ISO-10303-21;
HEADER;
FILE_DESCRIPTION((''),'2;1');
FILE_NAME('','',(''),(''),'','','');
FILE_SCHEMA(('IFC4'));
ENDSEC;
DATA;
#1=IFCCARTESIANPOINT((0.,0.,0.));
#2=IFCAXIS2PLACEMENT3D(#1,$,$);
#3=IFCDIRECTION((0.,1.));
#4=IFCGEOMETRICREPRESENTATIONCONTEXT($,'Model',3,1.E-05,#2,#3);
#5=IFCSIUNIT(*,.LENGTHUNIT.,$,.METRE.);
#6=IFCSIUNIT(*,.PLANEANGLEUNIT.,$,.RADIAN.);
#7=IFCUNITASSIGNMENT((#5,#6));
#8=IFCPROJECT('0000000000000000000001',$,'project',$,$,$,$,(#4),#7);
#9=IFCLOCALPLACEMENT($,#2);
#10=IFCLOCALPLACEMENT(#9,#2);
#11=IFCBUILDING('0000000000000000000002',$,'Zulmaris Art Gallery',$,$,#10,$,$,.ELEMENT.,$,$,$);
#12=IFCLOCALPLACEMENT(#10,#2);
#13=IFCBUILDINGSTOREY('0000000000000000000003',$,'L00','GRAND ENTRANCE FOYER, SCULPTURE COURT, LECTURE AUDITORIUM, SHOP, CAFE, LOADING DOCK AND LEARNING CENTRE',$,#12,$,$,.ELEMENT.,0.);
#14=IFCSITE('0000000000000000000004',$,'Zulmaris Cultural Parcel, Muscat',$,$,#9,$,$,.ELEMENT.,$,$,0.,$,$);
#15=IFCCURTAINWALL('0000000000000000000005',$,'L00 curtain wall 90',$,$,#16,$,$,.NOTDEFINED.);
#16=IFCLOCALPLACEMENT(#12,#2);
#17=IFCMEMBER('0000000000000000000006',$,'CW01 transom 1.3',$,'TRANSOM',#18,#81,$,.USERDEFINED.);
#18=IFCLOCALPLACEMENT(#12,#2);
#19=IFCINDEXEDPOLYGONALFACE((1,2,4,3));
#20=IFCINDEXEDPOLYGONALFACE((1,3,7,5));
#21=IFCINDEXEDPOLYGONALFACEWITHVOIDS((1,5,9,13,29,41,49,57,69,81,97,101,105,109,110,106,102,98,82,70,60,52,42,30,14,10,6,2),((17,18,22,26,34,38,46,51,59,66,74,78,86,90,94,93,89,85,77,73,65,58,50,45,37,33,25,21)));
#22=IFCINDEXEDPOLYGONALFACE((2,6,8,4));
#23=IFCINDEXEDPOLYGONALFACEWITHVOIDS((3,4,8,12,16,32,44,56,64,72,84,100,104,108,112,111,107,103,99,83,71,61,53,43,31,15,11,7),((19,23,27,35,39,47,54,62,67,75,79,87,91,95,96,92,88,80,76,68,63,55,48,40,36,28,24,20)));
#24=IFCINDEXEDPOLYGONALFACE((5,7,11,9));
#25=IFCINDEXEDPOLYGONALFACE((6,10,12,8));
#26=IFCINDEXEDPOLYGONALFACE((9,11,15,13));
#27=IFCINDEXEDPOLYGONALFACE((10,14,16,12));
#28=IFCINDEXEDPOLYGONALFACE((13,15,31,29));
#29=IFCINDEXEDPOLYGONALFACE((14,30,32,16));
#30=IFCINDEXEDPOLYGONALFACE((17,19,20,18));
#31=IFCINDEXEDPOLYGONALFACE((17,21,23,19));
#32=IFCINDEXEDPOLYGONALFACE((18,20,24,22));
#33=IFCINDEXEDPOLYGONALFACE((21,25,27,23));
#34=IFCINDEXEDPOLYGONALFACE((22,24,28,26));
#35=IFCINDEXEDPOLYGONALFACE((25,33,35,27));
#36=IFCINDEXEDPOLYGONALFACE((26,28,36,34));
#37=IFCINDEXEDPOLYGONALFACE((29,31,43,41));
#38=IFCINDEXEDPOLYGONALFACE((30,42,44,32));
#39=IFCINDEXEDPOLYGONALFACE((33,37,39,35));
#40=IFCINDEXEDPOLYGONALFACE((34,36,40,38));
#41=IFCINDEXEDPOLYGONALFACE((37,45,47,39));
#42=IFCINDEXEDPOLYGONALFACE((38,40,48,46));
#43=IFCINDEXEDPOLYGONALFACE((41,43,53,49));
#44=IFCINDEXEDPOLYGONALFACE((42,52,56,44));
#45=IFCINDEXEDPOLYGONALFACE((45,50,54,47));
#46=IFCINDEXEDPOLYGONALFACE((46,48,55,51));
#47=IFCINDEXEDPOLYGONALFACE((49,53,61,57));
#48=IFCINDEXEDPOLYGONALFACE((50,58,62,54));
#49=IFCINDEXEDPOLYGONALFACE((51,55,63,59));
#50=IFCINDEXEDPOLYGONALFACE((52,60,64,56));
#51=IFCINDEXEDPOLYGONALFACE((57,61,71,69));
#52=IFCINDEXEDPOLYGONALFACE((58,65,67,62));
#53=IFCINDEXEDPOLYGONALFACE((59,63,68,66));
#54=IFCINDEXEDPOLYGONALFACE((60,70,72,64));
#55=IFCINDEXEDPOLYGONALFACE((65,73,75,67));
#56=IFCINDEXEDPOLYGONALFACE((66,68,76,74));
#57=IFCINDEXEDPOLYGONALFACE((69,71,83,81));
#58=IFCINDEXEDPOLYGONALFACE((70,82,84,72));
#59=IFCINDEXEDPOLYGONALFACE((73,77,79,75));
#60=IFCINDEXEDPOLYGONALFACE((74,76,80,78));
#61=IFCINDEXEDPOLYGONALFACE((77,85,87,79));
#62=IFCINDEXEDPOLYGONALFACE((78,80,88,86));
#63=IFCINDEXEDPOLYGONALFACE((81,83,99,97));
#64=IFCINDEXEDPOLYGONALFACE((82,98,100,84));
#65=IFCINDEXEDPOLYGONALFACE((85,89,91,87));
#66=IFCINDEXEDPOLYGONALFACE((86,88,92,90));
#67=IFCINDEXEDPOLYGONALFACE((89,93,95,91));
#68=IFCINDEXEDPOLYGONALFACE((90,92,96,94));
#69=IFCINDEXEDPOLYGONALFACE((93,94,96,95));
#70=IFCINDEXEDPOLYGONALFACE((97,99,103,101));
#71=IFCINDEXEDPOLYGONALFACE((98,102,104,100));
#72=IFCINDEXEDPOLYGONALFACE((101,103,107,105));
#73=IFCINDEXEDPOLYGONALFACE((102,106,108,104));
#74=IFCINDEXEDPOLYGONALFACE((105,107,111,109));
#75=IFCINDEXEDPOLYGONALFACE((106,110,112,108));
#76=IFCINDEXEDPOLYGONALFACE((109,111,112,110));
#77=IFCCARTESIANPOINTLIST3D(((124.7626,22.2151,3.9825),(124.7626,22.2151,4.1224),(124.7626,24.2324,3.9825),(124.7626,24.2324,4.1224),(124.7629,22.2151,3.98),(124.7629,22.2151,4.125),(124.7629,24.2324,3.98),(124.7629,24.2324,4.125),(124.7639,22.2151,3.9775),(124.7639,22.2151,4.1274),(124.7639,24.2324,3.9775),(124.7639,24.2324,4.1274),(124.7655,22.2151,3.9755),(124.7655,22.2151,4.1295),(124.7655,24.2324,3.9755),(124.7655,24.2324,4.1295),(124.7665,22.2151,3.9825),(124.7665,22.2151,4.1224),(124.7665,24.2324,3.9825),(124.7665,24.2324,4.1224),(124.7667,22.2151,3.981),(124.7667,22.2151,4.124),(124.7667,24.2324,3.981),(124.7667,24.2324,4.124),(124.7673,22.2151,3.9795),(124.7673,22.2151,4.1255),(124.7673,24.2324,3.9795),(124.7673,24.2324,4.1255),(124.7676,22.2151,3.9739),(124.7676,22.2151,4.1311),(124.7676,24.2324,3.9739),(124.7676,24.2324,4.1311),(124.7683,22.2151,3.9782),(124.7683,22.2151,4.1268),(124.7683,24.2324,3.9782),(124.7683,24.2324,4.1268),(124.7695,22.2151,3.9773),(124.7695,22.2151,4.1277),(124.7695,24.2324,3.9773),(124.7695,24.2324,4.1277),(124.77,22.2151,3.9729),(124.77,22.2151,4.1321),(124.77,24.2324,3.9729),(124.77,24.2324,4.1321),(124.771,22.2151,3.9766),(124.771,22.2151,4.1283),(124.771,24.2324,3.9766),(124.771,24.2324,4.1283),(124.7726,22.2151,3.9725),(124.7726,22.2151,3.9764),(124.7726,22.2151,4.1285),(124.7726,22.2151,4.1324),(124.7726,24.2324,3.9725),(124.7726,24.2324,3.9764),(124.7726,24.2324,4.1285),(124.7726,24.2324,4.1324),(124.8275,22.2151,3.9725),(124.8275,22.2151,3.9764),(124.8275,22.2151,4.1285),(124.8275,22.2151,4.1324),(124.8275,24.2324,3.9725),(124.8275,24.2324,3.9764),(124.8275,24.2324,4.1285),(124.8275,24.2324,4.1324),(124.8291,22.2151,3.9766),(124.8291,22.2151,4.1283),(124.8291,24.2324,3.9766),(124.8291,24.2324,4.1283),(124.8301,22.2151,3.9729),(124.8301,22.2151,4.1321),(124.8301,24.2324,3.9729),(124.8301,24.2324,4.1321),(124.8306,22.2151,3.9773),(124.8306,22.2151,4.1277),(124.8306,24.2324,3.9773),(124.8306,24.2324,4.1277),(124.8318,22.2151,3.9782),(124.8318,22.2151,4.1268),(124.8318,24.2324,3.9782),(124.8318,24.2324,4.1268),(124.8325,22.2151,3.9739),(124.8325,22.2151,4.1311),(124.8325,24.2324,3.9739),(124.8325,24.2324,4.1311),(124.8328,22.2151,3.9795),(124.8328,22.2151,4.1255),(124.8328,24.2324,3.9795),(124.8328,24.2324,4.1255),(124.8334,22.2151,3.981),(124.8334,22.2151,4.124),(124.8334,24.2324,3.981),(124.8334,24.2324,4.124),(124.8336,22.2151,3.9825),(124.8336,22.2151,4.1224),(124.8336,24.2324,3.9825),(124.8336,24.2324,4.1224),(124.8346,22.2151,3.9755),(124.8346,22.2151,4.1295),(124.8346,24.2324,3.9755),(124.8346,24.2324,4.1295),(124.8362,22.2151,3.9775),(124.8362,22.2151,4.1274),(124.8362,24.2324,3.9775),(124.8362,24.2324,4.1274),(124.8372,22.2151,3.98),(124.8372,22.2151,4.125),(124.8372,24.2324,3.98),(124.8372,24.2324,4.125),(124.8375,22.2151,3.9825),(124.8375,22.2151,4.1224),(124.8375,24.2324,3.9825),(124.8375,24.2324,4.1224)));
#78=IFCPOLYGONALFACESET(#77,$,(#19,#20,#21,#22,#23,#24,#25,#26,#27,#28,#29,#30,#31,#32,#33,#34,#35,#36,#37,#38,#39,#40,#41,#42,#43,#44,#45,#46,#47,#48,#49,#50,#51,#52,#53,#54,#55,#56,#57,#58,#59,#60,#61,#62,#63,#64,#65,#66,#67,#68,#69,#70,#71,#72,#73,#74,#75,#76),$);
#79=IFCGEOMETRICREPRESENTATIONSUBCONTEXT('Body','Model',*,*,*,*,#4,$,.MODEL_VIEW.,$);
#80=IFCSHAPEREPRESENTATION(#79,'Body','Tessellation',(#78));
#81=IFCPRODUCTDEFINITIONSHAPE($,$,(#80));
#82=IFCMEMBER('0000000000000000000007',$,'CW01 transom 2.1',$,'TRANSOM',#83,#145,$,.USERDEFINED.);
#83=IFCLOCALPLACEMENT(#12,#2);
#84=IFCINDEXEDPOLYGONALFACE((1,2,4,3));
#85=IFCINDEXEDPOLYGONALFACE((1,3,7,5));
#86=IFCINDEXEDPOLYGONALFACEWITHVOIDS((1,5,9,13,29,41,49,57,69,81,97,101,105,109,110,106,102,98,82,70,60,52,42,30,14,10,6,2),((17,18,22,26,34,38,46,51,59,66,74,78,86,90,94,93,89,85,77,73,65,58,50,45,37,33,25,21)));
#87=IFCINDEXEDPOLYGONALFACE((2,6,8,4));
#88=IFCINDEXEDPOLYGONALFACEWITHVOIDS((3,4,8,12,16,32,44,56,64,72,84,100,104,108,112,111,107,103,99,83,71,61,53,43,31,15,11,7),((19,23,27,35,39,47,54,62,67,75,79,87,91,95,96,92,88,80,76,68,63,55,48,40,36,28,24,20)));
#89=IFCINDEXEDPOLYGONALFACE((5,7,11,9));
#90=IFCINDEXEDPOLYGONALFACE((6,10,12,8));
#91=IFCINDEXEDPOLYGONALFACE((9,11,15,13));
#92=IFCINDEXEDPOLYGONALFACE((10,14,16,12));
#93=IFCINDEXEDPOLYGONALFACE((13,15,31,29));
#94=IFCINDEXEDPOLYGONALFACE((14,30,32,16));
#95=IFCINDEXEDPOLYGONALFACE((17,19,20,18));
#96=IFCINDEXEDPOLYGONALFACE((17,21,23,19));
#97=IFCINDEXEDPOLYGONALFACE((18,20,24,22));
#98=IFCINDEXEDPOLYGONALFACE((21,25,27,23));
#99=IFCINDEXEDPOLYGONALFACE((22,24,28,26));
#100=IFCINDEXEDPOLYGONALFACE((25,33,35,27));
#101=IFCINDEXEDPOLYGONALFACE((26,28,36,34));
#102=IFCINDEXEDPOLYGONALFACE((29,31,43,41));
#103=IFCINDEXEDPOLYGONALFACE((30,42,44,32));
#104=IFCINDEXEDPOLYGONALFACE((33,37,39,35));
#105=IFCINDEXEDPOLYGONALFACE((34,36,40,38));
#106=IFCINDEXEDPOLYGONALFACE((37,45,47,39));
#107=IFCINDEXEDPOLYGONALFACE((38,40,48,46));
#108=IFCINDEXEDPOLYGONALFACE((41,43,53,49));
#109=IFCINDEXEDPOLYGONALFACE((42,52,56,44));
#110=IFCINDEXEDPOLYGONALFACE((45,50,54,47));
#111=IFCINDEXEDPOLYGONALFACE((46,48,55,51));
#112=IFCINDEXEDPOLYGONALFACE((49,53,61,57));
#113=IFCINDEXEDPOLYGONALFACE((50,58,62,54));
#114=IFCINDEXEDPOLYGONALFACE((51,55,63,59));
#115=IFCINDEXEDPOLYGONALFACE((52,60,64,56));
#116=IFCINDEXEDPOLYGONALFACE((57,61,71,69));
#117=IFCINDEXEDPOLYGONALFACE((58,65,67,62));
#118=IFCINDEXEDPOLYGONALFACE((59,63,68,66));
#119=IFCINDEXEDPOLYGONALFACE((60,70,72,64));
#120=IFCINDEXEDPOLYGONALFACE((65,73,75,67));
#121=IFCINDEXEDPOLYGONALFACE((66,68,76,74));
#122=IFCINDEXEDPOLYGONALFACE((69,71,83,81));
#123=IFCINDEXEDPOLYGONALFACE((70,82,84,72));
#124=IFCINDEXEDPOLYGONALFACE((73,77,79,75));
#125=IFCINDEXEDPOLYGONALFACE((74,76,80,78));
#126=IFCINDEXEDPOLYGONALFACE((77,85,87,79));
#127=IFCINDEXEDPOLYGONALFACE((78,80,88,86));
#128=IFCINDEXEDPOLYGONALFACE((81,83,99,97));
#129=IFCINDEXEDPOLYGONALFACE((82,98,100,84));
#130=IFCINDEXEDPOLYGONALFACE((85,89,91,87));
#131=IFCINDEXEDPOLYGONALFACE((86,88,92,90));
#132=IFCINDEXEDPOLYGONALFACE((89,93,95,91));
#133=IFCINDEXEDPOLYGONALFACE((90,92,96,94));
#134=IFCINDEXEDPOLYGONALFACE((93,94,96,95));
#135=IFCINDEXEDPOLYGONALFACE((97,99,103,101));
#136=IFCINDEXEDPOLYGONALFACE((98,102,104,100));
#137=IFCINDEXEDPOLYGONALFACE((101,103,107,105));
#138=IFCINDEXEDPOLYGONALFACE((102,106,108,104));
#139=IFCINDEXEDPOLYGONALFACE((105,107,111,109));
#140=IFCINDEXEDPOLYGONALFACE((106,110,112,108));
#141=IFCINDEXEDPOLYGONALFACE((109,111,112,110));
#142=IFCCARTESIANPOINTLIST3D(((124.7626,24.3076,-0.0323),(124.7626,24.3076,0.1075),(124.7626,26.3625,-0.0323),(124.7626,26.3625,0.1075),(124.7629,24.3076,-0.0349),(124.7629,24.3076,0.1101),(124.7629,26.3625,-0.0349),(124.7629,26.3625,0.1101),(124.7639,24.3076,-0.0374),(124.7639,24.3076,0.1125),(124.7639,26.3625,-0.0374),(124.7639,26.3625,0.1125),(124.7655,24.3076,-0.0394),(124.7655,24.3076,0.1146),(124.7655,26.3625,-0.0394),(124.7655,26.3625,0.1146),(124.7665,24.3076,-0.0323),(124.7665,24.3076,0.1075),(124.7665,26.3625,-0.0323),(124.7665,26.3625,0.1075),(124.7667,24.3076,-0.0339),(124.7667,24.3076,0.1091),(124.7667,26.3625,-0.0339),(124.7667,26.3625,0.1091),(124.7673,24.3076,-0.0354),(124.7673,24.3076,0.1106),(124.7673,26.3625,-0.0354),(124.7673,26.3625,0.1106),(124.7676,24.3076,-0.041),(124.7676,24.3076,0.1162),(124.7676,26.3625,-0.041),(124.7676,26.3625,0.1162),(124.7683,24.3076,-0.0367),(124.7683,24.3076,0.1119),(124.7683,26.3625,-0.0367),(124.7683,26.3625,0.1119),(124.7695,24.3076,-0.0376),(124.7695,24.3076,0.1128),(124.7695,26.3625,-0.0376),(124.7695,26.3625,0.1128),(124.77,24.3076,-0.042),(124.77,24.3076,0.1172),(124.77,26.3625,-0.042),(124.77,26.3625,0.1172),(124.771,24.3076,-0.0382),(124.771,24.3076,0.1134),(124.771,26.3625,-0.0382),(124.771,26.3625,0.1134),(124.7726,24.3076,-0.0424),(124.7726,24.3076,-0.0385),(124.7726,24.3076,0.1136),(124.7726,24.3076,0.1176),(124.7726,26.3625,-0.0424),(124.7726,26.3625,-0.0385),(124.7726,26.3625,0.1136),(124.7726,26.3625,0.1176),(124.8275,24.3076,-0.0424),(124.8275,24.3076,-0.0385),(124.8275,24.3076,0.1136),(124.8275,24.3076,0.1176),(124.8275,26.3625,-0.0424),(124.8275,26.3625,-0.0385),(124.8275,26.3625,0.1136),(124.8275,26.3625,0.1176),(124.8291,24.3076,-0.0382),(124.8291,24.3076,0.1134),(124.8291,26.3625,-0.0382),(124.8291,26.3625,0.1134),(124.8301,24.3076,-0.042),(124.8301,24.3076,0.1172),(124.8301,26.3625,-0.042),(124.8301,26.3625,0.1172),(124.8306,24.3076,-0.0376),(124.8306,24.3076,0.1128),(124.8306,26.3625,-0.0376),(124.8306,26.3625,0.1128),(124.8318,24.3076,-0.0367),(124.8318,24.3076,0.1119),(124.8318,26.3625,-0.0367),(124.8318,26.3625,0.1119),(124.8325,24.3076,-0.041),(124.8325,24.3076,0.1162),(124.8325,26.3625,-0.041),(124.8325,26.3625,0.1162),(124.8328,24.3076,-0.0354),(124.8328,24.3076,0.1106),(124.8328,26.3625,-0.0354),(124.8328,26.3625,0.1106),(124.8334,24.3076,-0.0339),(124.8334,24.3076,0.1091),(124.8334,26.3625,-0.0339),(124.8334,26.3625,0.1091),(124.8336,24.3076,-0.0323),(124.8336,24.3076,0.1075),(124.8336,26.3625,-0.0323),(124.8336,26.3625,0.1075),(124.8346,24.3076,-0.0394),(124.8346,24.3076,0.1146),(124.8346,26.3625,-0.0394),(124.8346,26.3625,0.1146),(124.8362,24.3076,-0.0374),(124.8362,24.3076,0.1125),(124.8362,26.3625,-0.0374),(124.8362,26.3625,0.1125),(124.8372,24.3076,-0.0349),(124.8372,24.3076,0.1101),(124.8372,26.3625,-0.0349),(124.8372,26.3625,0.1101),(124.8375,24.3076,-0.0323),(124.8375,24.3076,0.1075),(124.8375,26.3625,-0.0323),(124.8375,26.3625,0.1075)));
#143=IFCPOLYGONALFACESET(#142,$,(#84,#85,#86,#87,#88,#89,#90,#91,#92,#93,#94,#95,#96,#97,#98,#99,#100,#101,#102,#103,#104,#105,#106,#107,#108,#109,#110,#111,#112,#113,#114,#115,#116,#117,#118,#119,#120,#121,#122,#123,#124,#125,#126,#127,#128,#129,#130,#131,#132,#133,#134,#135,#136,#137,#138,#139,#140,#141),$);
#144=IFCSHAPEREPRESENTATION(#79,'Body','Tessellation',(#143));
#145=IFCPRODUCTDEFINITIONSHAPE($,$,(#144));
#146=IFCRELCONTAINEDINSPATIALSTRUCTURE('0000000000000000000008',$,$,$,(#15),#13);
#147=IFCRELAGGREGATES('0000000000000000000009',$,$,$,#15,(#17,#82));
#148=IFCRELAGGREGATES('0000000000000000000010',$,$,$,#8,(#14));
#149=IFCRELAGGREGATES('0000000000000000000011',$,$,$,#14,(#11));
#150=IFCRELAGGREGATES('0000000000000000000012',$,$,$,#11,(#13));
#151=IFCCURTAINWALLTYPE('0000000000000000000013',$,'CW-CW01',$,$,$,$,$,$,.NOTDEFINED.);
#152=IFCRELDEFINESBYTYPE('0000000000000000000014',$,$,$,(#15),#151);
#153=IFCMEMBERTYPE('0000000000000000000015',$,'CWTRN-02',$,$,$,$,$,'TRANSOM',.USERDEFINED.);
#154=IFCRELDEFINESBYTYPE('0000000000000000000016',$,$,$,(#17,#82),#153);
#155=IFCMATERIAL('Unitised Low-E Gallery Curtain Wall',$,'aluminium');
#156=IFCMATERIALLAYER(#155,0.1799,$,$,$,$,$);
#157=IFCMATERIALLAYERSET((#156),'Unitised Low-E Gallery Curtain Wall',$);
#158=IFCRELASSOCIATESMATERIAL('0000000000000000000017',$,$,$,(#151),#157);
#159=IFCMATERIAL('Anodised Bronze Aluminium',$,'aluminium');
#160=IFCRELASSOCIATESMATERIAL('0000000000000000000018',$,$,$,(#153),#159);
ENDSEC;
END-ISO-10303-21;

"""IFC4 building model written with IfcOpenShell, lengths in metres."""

from ifc_helpers import new_model, si_unit, direction, frame, origin, origin_2d, place, context, subcontext, project, spatial, hollow_rectangle, extrude, material, layer, layer_set, material_profile, profile_set, type_object, element, aggregate, save


model = new_model("IFC4")

# Units and contexts
model_context = context("Model", 3, precision=1e-05, world=origin(), true_north=direction((0.0, 1.0)))
body_context = subcontext(model_context, "Body", "Model", "MODEL_VIEW")
ifc_project = project(units=[si_unit("LENGTHUNIT", "METRE"), si_unit("PLANEANGLEUNIT", "RADIAN")], contexts=[model_context])

# Site, building, storey
site_placement = place(None, origin())
site = spatial("IfcSite", under=ifc_project, at=site_placement, Name="Zulmaris Cultural Parcel, Muscat", CompositionType="ELEMENT", RefElevation=0.0)
building_placement = place(site_placement, origin())
building = spatial("IfcBuilding", under=site, at=building_placement, Name="Zulmaris Art Gallery", CompositionType="ELEMENT")
storey_placement = place(building_placement, origin())
storey = spatial("IfcBuildingStorey", under=building, at=storey_placement, Name="L00", Description="GRAND ENTRANCE FOYER, SCULPTURE COURT, LECTURE AUDITORIUM, SHOP, CAFE, LOADING DOCK AND LEARNING CENTRE", CompositionType="ELEMENT", Elevation=0.0)

# Curtain wall
ifc_material_1 = material(Name="Unitised Low-E Gallery Curtain Wall", Category="aluminium")
ifc_layer_1 = layer(ifc_material_1, 0.1799)
ifc_layer_set_1 = layer_set([ifc_layer_1], Name="Unitised Low-E Gallery Curtain Wall")
curtain_wall_type_1 = type_object("IfcCurtainWallType", Name="CW-CW01", PredefinedType="NOTDEFINED", material=ifc_layer_set_1)
curtain_wall_1_placement = place(storey_placement, origin())
curtain_wall_1 = element("IfcCurtainWall", 1, at=curtain_wall_1_placement, inside=storey, type_object=curtain_wall_type_1, Name="L00 curtain wall 90", PredefinedType="NOTDEFINED")
ifc_material_2 = material(Name="Anodised Bronze Aluminium", Category="aluminium")

# Members
ifc_material_profile_1 = material_profile(ifc_material_2, hollow_rectangle(XDim=0.075, YDim=0.1599, WallThickness=0.0039, InnerFilletRadius=0.0061, OuterFilletRadius=0.01, at=origin_2d()), Name="ALU 75x160x4")
ifc_profile_set_1 = profile_set([ifc_material_profile_1], Name="Anodised Bronze Aluminium")
member_type_1 = type_object("IfcMemberType", Name="CWTRN-02", ElementType="TRANSOM", PredefinedType="USERDEFINED", material=ifc_profile_set_1)
member_1_placement = place(storey_placement, frame((124.8, 22.2151, 4.0525), z_axis=(0.0, 1.0, 0.0), x_axis=(-1.0, 0.0, 0.0)))
member_1 = element("IfcMember", 2, at=member_1_placement, type_object=member_type_1, Name="CW01 transom 1.3", ObjectType="TRANSOM", PredefinedType="USERDEFINED", context=body_context, shape_type="SweptSolid", body=[
    extrude(hollow_rectangle(XDim=0.075, YDim=0.1599, WallThickness=0.0039, InnerFilletRadius=0.0061, OuterFilletRadius=0.01, at=origin_2d()), origin(), (0.0, 0.0, 1.0), 2.0173),
])
member_2_placement = place(storey_placement, frame((124.8, 24.3076, 0.0376), z_axis=(0.0, 1.0, 0.0), x_axis=(-1.0, 0.0, 0.0)))
member_2 = element("IfcMember", 3, at=member_2_placement, type_object=member_type_1, Name="CW01 transom 2.1", ObjectType="TRANSOM", PredefinedType="USERDEFINED", context=body_context, shape_type="SweptSolid", body=[
    extrude(hollow_rectangle(XDim=0.075, YDim=0.1599, WallThickness=0.0039, InnerFilletRadius=0.0061, OuterFilletRadius=0.01, at=origin_2d()), origin(), (0.0, 0.0, 1.0), 2.0549),
])

aggregate(curtain_wall_1, [member_1, member_2])

save(model, "model.ifc")
